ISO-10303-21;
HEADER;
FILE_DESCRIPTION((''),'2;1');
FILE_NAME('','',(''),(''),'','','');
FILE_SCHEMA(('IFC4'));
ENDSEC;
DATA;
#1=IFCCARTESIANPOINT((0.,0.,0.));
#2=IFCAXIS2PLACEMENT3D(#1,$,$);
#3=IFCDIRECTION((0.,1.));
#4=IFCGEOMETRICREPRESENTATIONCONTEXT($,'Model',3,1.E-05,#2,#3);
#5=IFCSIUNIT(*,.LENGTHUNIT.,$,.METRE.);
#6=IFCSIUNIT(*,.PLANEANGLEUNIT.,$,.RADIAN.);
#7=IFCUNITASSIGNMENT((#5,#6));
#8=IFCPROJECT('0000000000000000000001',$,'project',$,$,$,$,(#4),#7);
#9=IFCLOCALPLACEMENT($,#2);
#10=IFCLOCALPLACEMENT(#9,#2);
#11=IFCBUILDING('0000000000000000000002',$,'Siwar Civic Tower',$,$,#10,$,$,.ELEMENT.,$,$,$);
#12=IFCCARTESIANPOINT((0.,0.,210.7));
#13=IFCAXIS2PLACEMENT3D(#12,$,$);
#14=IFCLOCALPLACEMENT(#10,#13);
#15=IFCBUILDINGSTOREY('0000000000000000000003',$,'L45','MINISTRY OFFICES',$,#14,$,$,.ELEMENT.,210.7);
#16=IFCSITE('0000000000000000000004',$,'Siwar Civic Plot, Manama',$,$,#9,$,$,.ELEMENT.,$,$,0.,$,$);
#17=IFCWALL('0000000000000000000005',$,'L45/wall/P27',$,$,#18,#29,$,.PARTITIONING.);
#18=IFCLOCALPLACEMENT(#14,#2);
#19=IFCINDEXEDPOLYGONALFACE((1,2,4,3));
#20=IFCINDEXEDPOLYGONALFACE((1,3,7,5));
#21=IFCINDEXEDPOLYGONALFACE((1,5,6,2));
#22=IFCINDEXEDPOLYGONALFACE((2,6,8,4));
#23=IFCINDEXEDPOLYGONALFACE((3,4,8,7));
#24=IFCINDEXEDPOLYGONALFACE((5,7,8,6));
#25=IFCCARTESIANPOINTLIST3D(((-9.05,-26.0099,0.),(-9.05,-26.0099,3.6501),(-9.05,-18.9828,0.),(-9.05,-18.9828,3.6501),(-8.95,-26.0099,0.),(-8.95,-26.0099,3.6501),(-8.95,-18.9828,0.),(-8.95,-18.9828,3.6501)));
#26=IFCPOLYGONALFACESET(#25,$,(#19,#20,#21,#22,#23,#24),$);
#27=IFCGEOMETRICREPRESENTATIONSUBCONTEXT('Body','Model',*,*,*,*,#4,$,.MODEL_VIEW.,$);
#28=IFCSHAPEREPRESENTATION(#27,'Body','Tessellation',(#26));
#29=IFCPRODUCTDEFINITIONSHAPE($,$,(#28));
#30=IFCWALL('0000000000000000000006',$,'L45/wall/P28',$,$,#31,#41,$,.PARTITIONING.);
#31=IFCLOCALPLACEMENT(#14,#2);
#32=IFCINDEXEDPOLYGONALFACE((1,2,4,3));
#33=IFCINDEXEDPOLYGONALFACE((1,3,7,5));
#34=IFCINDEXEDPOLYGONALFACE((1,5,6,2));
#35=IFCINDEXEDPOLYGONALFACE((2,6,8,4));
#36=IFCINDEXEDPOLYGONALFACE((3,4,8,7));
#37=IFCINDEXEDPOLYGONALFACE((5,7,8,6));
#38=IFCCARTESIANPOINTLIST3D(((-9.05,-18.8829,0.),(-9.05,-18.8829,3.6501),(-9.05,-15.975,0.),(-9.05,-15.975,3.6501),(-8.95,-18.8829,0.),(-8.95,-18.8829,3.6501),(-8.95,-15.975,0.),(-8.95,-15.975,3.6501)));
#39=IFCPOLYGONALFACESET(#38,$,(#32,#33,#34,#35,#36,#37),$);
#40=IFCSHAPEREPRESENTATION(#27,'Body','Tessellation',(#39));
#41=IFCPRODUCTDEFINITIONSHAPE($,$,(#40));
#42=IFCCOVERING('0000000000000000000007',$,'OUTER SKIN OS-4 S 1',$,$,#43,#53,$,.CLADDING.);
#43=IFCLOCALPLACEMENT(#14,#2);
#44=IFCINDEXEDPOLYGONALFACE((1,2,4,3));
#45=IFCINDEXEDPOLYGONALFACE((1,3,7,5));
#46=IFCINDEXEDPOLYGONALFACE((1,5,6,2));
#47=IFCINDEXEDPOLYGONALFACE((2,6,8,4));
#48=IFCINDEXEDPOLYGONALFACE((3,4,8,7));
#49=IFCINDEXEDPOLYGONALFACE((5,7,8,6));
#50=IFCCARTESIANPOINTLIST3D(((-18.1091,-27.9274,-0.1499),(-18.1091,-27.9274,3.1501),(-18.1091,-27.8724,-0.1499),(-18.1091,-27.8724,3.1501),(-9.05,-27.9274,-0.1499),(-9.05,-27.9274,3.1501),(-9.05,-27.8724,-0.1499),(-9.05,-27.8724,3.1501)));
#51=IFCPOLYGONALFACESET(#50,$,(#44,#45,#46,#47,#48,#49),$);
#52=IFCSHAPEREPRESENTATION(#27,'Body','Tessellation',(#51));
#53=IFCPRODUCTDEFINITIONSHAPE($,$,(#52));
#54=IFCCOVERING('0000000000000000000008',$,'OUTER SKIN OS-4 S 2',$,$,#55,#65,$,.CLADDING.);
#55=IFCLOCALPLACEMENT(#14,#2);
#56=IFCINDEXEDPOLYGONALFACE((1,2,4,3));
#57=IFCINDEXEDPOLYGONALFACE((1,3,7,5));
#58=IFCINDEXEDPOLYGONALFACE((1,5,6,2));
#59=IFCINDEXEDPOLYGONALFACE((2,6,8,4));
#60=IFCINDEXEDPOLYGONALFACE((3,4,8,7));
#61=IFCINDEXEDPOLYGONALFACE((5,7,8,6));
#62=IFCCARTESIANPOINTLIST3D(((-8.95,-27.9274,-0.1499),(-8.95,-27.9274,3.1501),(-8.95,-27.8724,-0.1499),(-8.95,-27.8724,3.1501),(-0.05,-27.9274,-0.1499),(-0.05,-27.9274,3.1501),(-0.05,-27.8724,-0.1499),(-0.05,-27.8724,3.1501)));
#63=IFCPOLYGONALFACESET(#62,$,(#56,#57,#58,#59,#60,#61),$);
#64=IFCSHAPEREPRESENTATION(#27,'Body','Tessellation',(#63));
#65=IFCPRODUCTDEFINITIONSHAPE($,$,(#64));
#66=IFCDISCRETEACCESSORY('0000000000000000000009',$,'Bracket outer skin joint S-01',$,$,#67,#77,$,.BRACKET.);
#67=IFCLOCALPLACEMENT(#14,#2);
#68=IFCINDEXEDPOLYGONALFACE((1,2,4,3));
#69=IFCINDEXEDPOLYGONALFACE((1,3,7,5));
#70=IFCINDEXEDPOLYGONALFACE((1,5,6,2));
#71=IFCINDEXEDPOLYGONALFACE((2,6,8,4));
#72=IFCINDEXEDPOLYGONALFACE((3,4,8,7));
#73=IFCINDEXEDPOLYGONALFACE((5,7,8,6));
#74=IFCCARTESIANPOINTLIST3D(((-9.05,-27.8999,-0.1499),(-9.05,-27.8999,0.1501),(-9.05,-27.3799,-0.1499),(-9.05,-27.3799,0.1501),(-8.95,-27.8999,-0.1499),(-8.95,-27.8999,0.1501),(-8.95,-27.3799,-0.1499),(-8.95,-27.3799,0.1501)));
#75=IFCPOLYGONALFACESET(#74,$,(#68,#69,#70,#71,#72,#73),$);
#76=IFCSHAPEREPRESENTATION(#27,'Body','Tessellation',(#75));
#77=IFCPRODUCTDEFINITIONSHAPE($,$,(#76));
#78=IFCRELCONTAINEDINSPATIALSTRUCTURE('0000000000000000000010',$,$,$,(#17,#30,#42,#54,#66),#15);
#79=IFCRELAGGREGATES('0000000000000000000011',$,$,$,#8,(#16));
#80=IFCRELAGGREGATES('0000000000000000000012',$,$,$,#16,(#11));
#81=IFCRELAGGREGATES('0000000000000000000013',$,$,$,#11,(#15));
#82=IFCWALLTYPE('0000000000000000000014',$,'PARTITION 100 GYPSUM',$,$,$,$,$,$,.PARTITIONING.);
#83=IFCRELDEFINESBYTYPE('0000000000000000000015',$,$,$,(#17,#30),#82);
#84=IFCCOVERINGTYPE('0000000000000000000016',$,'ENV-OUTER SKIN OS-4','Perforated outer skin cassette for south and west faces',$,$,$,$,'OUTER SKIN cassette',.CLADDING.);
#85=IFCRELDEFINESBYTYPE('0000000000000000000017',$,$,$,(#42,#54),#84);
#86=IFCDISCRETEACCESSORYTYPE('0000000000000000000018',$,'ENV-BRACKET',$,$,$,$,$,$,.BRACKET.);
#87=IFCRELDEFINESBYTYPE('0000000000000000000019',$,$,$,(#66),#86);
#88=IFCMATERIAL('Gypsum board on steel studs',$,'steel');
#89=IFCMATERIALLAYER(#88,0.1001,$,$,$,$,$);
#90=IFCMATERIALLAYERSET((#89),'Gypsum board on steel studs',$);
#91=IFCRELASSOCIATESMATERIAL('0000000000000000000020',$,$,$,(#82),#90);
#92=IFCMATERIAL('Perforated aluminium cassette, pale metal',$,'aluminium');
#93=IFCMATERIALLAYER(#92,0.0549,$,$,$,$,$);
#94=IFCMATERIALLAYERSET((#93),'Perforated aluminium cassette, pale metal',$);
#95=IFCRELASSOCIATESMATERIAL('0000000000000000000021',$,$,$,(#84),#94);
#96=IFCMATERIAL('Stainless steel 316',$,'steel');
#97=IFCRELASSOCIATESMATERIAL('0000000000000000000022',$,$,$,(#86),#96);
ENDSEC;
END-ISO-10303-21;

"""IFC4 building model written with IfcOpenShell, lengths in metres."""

from ifc_helpers import new_model, si_unit, direction, frame, frame_2d, origin, origin_2d, place, context, subcontext, project, spatial, rectangle, extrude, material, layer, layer_set, type_object, element, save


model = new_model("IFC4")

# Units and contexts
model_context = context("Model", 3, precision=1e-05, world=origin(), true_north=direction((0.0, 1.0)))
body_context = subcontext(model_context, "Body", "Model", "MODEL_VIEW")
ifc_project = project(units=[si_unit("LENGTHUNIT", "METRE"), si_unit("PLANEANGLEUNIT", "RADIAN")], contexts=[model_context])

# Site, building, storey
site_placement = place(None, origin())
site = spatial("IfcSite", under=ifc_project, at=site_placement, Name="Siwar Civic Plot, Manama", CompositionType="ELEMENT", RefElevation=0.0)
building_placement = place(site_placement, origin())
building = spatial("IfcBuilding", under=site, at=building_placement, Name="Siwar Civic Tower", CompositionType="ELEMENT")
storey_placement = place(building_placement, frame((0.0, 0.0, 210.7)))
storey = spatial("IfcBuildingStorey", under=building, at=storey_placement, Name="L45", Description="MINISTRY OFFICES", CompositionType="ELEMENT", Elevation=210.7)

# Walls
ifc_material_1 = material(Name="Gypsum board on steel studs", Category="steel")
ifc_layer_1 = layer(ifc_material_1, 0.1001)
ifc_layer_set_1 = layer_set([ifc_layer_1], Name="Gypsum board on steel studs")
wall_type_1 = type_object("IfcWallType", Name="PARTITION 100 GYPSUM", PredefinedType="PARTITIONING", material=ifc_layer_set_1)
wall_1_placement = place(storey_placement, frame((-9.0, -26.01, 0.0), z_axis=(0.0, 0.0, 1.0), x_axis=(0.0, 1.0, 0.0)))
element("IfcWall", 1, at=wall_1_placement, inside=storey, type_object=wall_type_1, Name="L45/wall/P27", PredefinedType="PARTITIONING", context=body_context, shape_type="SweptSolid", body=[
    extrude(rectangle(XDim=7.0271, YDim=0.1001, at=frame_2d((3.5137, 0.0))), origin(), (0.0, 0.0, 1.0), 3.6501),
])
wall_2_placement = place(storey_placement, frame((-9.0, -18.8831, 0.0), z_axis=(0.0, 0.0, 1.0), x_axis=(0.0, 1.0, 0.0)))
element("IfcWall", 2, at=wall_2_placement, inside=storey, type_object=wall_type_1, Name="L45/wall/P28", PredefinedType="PARTITIONING", context=body_context, shape_type="SweptSolid", body=[
    extrude(rectangle(XDim=2.908, YDim=0.1001, at=frame_2d((1.4541, 0.0))), origin(), (0.0, 0.0, 1.0), 3.6501),
])

# Coverings
ifc_material_2 = material(Name="Perforated aluminium cassette, pale metal", Category="aluminium")
ifc_layer_2 = layer(ifc_material_2, 0.0549)
ifc_layer_set_2 = layer_set([ifc_layer_2], Name="Perforated aluminium cassette, pale metal")
covering_type = type_object("IfcCoveringType", Name="ENV-OUTER SKIN OS-4", Description="Perforated outer skin cassette for south and west faces", ElementType="OUTER SKIN cassette", PredefinedType="CLADDING", material=ifc_layer_set_2)
covering_1_placement = place(storey_placement, frame((-13.5796, -27.8999, -0.1499), z_axis=(0.0, 0.0, 1.0), x_axis=(1.0, 0.0, 0.0)))
element("IfcCovering", 3, at=covering_1_placement, inside=storey, type_object=covering_type, Name="OUTER SKIN OS-4 S 1", PredefinedType="CLADDING", context=body_context, shape_type="SweptSolid", body=[
    extrude(rectangle(XDim=9.0591, YDim=0.0549, at=origin_2d()), origin(), (0.0, 0.0, 1.0), 3.3),
])
covering_2_placement = place(storey_placement, frame((-4.5, -27.8999, -0.1499), z_axis=(0.0, 0.0, 1.0), x_axis=(1.0, 0.0, 0.0)))
element("IfcCovering", 4, at=covering_2_placement, inside=storey, type_object=covering_type, Name="OUTER SKIN OS-4 S 2", PredefinedType="CLADDING", context=body_context, shape_type="SweptSolid", body=[
    extrude(rectangle(XDim=8.8999, YDim=0.0549, at=origin_2d()), origin(), (0.0, 0.0, 1.0), 3.3),
])

# Discrete accessory
ifc_material_3 = material(Name="Stainless steel 316", Category="steel")
discrete_accessory_type = type_object("IfcDiscreteAccessoryType", Name="ENV-BRACKET", PredefinedType="BRACKET", material=ifc_material_3)
discrete_accessory_placement = place(storey_placement, frame((-9.0, -27.6399, -0.1499), z_axis=(0.0, 0.0, 1.0), x_axis=(0.0, -1.0, 0.0)))
element("IfcDiscreteAccessory", 5, at=discrete_accessory_placement, inside=storey, type_object=discrete_accessory_type, Name="Bracket outer skin joint S-01", PredefinedType="BRACKET", context=body_context, shape_type="SweptSolid", body=[
    extrude(rectangle(XDim=0.52, YDim=0.1001, at=origin_2d()), origin(), (0.0, 0.0, 1.0), 0.3),
])

save(model, "model.ifc")
